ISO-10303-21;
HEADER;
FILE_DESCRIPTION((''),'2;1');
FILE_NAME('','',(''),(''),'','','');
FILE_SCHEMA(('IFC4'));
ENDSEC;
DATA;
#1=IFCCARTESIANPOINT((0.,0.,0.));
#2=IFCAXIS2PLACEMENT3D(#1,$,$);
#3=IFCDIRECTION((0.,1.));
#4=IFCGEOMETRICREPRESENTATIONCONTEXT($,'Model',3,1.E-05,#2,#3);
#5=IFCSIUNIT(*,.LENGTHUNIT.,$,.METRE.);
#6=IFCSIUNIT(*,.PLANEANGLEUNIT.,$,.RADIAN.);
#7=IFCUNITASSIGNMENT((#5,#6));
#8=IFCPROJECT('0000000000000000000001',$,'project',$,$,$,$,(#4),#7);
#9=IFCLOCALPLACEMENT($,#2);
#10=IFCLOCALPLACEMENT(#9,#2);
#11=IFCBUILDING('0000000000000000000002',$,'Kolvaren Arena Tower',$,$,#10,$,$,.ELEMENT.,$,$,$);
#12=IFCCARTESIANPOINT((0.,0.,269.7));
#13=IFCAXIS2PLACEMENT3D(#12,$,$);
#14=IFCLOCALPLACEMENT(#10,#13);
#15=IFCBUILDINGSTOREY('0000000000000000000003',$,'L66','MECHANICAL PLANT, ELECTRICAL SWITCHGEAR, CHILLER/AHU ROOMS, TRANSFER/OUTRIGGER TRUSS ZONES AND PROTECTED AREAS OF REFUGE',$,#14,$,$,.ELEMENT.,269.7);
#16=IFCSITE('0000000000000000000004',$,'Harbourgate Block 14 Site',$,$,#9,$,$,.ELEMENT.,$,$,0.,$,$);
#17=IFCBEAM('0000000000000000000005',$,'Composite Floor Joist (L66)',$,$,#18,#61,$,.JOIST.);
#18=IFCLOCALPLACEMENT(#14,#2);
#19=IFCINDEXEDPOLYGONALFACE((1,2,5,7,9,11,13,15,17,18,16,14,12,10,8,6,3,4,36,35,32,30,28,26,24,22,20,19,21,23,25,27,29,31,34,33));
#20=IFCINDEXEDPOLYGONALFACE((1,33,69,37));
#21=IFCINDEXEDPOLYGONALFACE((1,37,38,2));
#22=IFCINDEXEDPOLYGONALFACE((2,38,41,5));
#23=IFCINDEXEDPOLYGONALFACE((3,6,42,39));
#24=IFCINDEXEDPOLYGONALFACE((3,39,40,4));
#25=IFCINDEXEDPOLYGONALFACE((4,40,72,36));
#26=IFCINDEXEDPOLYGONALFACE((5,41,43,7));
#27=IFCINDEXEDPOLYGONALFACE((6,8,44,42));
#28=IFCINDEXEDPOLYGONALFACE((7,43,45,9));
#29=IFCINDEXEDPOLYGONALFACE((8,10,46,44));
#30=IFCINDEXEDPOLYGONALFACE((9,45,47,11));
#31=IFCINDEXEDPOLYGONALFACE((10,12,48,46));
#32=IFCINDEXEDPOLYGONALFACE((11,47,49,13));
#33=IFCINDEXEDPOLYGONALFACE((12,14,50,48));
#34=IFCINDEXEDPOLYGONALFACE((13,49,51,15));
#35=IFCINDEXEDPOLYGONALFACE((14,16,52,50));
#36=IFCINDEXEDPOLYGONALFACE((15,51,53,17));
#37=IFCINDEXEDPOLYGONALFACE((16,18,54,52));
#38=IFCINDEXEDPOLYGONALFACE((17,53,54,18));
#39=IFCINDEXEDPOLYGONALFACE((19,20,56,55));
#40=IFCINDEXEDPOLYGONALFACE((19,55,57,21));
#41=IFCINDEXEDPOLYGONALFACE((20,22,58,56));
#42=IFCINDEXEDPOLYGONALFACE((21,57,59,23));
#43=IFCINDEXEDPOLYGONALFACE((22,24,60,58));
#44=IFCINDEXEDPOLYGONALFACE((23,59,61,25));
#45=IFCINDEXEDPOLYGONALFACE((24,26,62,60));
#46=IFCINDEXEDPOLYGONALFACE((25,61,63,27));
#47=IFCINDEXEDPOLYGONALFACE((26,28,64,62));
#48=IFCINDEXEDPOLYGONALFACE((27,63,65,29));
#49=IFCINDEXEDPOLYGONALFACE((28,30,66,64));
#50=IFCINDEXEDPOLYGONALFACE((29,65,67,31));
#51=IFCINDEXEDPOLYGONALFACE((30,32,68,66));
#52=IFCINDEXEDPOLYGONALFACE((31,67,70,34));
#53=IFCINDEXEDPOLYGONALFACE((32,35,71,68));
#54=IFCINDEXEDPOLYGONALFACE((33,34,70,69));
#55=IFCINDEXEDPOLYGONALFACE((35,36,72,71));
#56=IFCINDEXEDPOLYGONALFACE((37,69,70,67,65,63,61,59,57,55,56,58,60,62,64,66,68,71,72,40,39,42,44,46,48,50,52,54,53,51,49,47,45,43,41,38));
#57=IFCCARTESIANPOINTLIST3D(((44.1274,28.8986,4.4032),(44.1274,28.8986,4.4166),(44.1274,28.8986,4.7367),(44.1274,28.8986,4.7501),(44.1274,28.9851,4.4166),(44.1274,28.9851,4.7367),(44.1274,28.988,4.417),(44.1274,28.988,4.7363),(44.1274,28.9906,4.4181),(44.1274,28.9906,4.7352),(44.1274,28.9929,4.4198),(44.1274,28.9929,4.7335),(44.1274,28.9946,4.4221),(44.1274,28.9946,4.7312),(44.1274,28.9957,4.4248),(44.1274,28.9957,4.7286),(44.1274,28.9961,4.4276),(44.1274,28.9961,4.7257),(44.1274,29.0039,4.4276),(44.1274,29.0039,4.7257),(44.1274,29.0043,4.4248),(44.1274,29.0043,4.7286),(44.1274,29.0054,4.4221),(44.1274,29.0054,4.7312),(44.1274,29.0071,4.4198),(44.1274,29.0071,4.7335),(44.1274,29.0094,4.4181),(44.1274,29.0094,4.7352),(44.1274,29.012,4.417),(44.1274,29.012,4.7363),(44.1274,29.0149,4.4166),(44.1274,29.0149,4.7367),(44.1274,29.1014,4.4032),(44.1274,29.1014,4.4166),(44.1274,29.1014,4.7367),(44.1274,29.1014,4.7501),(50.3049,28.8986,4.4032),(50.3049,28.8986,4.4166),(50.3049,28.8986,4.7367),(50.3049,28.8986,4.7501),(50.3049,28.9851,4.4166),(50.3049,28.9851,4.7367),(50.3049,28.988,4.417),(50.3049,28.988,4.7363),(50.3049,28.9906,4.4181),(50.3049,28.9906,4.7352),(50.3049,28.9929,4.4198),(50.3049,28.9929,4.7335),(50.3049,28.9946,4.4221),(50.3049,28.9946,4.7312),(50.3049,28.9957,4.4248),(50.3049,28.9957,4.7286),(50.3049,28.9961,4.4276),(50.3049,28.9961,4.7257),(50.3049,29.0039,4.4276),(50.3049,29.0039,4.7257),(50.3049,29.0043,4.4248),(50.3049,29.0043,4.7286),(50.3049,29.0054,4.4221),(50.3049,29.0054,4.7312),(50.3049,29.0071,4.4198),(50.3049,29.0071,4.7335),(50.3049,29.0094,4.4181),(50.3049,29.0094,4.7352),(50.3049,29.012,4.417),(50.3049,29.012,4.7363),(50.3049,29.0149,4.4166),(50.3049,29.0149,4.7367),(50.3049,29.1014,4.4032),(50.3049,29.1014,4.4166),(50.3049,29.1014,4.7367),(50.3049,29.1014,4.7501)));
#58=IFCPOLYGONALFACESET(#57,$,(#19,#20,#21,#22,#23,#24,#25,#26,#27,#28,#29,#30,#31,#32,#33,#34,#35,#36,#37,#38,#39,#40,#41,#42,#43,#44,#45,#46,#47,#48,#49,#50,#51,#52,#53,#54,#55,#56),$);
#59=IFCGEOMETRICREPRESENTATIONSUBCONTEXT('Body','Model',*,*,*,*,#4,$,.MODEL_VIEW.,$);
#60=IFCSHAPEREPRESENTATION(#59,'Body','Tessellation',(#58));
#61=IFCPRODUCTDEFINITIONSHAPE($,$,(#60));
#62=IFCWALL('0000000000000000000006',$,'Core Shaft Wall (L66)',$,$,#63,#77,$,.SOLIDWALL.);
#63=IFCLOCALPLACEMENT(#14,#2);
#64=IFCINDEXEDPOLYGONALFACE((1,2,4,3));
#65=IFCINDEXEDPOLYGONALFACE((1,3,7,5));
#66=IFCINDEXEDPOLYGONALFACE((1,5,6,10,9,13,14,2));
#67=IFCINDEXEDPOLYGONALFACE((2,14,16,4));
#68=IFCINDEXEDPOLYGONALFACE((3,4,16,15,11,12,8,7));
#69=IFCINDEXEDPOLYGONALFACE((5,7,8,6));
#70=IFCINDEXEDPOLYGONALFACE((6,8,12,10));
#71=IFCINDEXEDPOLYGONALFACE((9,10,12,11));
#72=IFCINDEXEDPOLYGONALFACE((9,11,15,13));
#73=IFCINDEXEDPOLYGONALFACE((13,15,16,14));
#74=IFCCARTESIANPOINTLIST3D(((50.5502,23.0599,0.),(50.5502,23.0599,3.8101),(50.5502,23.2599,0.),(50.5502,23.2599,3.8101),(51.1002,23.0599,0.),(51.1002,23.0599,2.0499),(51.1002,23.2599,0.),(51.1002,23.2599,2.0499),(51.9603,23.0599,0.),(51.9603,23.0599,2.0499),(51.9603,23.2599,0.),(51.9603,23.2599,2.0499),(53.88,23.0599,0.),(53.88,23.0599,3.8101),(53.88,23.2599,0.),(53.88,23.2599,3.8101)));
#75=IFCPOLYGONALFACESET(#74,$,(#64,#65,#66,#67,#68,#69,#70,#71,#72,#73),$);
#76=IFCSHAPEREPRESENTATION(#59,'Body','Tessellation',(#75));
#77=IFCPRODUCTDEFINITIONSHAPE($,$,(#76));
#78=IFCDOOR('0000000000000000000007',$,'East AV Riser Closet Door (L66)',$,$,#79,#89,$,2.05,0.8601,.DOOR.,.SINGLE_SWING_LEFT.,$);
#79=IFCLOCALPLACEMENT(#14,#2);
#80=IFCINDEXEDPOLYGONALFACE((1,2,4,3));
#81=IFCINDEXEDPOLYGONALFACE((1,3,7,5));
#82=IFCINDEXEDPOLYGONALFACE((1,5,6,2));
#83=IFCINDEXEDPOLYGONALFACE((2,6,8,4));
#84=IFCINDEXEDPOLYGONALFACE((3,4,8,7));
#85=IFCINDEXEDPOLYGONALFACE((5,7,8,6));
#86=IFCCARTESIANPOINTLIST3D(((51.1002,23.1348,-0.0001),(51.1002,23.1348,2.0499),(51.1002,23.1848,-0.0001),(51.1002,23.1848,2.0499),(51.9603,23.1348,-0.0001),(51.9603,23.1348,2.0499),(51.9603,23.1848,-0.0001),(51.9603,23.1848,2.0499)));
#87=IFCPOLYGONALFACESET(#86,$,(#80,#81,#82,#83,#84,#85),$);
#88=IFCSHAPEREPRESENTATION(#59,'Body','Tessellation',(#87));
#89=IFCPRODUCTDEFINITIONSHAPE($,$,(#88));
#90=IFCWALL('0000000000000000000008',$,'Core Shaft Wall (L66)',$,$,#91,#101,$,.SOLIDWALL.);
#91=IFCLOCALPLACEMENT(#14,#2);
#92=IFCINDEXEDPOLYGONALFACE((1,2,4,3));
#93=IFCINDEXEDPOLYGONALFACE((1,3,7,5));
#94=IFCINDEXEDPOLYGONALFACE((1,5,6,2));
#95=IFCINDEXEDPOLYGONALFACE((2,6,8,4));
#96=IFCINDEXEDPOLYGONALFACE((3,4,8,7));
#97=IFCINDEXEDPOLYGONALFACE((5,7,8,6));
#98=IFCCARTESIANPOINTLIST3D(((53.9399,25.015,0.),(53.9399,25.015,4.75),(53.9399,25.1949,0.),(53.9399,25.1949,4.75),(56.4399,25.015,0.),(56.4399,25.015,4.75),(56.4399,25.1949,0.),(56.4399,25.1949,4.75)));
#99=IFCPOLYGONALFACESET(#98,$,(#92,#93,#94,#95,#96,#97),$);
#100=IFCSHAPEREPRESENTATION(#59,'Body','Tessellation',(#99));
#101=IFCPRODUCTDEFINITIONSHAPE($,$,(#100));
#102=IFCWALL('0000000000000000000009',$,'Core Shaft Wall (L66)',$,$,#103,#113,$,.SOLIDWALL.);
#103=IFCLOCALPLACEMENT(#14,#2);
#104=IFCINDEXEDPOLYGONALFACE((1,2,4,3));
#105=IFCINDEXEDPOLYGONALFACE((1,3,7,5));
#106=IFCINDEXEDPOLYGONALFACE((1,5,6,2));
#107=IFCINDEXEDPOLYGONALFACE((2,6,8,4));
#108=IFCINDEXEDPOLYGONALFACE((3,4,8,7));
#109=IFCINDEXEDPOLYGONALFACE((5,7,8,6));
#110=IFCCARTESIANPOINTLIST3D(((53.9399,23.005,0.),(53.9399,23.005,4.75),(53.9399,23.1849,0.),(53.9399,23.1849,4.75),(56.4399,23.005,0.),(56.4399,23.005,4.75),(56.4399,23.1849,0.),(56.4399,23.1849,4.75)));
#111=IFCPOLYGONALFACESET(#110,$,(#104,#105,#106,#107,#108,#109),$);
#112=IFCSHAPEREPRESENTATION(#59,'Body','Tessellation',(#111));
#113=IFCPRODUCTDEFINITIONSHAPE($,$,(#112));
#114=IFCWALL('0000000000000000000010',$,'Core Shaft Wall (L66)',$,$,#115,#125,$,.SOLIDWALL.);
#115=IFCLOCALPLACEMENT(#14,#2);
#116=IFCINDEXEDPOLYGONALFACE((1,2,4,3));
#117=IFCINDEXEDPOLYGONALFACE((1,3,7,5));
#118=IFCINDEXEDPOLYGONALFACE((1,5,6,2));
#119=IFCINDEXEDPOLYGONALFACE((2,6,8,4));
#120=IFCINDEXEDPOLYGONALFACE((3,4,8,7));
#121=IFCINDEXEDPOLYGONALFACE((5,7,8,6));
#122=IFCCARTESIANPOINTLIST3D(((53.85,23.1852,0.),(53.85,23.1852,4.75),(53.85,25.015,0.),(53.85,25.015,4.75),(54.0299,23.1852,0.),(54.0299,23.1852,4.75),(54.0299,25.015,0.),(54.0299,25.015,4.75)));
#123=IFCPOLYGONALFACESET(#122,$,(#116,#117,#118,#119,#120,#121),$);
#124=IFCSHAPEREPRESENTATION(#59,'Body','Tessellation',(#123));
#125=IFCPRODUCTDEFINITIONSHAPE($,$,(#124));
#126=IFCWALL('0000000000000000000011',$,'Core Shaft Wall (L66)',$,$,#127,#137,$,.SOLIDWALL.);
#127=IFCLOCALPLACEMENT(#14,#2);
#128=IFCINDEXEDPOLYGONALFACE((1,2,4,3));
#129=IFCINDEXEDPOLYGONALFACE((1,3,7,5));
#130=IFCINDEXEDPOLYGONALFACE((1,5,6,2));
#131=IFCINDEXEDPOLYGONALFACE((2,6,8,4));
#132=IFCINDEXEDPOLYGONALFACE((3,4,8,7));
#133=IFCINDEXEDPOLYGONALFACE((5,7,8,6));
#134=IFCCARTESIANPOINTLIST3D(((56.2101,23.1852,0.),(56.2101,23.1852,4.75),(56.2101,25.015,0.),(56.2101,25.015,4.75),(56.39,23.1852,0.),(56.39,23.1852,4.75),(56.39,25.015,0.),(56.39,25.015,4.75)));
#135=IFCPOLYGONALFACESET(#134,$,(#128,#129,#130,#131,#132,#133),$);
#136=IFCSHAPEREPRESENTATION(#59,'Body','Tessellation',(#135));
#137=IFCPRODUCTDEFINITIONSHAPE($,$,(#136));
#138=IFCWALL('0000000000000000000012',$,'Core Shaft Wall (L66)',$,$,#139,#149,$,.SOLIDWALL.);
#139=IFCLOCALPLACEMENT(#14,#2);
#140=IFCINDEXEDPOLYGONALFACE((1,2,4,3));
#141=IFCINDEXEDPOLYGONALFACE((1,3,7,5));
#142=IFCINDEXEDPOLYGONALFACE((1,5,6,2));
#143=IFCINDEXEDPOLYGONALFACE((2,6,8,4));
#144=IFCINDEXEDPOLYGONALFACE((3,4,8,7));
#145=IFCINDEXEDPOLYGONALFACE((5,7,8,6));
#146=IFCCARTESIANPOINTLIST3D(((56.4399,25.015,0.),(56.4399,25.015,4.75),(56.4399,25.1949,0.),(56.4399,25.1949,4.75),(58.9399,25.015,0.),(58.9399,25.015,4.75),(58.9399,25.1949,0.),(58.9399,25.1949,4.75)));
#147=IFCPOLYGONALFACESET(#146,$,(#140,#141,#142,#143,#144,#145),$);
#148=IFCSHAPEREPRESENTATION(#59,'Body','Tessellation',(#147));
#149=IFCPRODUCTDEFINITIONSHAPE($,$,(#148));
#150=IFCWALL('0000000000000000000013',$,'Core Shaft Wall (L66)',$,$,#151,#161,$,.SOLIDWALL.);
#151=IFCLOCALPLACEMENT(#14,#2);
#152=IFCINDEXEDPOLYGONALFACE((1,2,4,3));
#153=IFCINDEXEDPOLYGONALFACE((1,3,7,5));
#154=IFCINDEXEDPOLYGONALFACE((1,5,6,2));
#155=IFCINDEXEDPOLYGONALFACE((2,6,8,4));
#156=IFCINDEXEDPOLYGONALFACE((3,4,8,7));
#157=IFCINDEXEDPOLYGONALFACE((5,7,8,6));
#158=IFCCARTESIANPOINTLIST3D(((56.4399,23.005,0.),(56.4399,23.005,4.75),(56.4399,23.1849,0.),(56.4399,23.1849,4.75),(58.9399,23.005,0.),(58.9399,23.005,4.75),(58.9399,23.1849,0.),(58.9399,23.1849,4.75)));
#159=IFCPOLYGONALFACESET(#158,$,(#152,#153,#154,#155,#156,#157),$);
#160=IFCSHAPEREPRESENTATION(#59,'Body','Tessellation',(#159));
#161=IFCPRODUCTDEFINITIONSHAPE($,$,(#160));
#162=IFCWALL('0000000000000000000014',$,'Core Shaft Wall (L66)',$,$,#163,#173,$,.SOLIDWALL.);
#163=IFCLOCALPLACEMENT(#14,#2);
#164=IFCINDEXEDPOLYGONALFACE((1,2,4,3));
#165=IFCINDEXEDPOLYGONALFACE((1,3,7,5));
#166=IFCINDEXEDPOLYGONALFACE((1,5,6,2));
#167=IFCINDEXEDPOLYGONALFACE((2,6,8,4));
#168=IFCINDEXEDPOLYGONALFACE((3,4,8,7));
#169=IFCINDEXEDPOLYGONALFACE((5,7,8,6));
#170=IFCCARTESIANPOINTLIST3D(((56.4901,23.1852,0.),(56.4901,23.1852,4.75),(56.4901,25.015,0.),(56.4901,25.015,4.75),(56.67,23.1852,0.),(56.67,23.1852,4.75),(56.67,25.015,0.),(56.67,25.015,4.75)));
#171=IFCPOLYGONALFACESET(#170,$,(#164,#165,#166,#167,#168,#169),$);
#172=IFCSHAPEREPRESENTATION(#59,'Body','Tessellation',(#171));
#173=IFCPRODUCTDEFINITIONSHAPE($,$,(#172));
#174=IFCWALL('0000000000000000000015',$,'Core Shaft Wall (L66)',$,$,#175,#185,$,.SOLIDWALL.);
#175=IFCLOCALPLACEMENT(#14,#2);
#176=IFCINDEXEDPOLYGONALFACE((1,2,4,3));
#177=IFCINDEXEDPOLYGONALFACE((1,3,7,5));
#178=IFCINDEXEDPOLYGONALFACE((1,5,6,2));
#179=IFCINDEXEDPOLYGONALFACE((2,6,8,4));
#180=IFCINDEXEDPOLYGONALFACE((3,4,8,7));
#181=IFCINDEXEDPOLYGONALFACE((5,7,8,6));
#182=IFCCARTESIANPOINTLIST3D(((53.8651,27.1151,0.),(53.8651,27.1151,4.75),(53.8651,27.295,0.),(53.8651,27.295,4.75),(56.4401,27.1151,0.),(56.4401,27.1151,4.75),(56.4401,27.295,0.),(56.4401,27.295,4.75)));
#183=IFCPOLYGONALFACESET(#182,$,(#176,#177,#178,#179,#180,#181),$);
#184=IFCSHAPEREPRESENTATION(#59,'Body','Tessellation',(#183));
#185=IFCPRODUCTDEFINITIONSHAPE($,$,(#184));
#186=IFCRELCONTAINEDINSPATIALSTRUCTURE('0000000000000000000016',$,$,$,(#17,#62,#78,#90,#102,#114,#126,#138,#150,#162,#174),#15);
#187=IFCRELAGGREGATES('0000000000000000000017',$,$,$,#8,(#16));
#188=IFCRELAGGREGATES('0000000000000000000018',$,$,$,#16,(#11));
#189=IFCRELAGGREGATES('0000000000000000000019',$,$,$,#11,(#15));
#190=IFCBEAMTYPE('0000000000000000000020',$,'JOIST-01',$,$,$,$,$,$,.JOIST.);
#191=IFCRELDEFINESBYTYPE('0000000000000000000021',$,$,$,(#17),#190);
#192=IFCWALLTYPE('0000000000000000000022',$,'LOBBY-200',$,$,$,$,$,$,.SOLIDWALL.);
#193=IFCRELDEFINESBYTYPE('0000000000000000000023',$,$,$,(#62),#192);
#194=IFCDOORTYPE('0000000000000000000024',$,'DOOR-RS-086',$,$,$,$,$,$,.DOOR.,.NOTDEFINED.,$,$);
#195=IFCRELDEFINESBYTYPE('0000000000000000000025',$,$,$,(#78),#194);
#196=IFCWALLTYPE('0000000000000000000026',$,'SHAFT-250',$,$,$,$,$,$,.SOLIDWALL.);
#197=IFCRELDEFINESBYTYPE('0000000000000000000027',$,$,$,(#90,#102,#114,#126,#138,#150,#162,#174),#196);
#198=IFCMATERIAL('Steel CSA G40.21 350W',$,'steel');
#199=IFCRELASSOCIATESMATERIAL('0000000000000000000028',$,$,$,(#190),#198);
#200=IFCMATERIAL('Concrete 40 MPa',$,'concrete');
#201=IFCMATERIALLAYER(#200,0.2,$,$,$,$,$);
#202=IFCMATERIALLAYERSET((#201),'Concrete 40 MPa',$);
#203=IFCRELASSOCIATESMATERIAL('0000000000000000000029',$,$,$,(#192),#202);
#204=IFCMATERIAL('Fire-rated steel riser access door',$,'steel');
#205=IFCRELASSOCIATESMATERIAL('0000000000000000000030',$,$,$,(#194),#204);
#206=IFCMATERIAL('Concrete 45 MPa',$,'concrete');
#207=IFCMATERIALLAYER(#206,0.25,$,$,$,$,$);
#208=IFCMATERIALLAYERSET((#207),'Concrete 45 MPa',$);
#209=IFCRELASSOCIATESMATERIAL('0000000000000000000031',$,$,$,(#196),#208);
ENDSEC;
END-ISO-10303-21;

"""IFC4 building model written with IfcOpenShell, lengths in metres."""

from ifc_helpers import new_model, si_unit, direction, frame, frame_2d, origin, origin_2d, place, context, subcontext, project, spatial, rectangle, i_section, extrude, material, layer, layer_set, material_profile, profile_set, type_object, element, fill, save


model = new_model("IFC4")

# Units and contexts
model_context = context("Model", 3, precision=1e-05, world=origin(), true_north=direction((0.0, 1.0)))
body_context = subcontext(model_context, "Body", "Model", "MODEL_VIEW")
ifc_project = project(units=[si_unit("LENGTHUNIT", "METRE"), si_unit("PLANEANGLEUNIT", "RADIAN")], contexts=[model_context])

# Site, building, storey
site_placement = place(None, origin())
site = spatial("IfcSite", under=ifc_project, at=site_placement, Name="Harbourgate Block 14 Site", CompositionType="ELEMENT", RefElevation=0.0)
building_placement = place(site_placement, origin())
building = spatial("IfcBuilding", under=site, at=building_placement, Name="Kolvaren Arena Tower", CompositionType="ELEMENT")
storey_placement = place(building_placement, frame((0.0, 0.0, 269.7)))
storey = spatial("IfcBuildingStorey", under=building, at=storey_placement, Name="L66", Description="MECHANICAL PLANT, ELECTRICAL SWITCHGEAR, CHILLER/AHU ROOMS, TRANSFER/OUTRIGGER TRUSS ZONES AND PROTECTED AREAS OF REFUGE", CompositionType="ELEMENT", Elevation=269.7)

# Beam
ifc_material_1 = material(Name="Steel CSA G40.21 350W", Category="steel")
ifc_material_profile_1 = material_profile(ifc_material_1, i_section(OverallWidth=0.2029, OverallDepth=0.3469, WebThickness=0.0078, FlangeThickness=0.0134, FilletRadius=0.011, at=origin_2d()), Name="W360x64")
ifc_profile_set_1 = profile_set([ifc_material_profile_1], Name="Steel CSA G40.21 350W")
beam_type_1 = type_object("IfcBeamType", Name="JOIST-01", PredefinedType="JOIST", material=ifc_profile_set_1)
for number, where, z_axis, x_axis, name in (
    (1, (44.1274, 29.0, 4.5767), (1.0, 0.0, 0.0), (0.0, 1.0, 0.0), "Composite Floor Joist (L66)"),
):
    element("IfcBeam", number, at=place(storey_placement, frame(where, z_axis=z_axis, x_axis=x_axis)), inside=storey, type_object=beam_type_1, Name=name, PredefinedType="JOIST", context=body_context, shape_type="SweptSolid", body=[
        extrude(i_section(OverallWidth=0.2029, OverallDepth=0.3469, WebThickness=0.0078, FlangeThickness=0.0134, FilletRadius=0.011, at=origin_2d()), origin(), (0.0, 0.0, 1.0), 6.1775),
    ])

# Shared definitions
ifc_material_2 = material(Name="Concrete 40 MPa", Category="concrete")
ifc_layer_1 = layer(ifc_material_2, 0.2)
ifc_layer_set_1 = layer_set([ifc_layer_1], Name="Concrete 40 MPa")
wall_type_1 = type_object("IfcWallType", Name="LOBBY-200", PredefinedType="SOLIDWALL", material=ifc_layer_set_1)

# Wall, opening, door
wall_1_placement = place(storey_placement, frame((50.55, 23.1599, 0.0), z_axis=(0.0, 0.0, 1.0), x_axis=(1.0, 0.0, 0.0)))
wall_1 = element("IfcWall", 2, at=wall_1_placement, inside=storey, type_object=wall_type_1, Name="Core Shaft Wall (L66)", PredefinedType="SOLIDWALL", context=body_context, shape_type="SweptSolid", body=[
    extrude(rectangle(XDim=3.3298, YDim=0.2, at=frame_2d((1.665, 0.0))), origin(), (0.0, 0.0, 1.0), 3.8101),
])
opening_1_placement = place(wall_1_placement, frame((0.55, 0.0, 0.0)))
opening_1 = element("IfcOpeningElement", 3, at=opening_1_placement, cuts=wall_1, PredefinedType="OPENING", context=body_context, shape_type="SweptSolid", body=[
    extrude(rectangle(XDim=0.8601, YDim=2.05, at=frame_2d((0.4302, 1.0249))), frame((0.0, 0.1099, 0.0), z_axis=(0.0, -1.0, 0.0), x_axis=(1.0, 0.0, 0.0)), (0.0, 0.0, 1.0), 0.22),
])
ifc_material_3 = material(Name="Fire-rated steel riser access door", Category="steel")
door_type_1 = type_object("IfcDoorType", Name="DOOR-RS-086", OperationType="NOTDEFINED", PredefinedType="DOOR", material=ifc_material_3)
door_1_placement = place(opening_1_placement, origin())
door_1 = element("IfcDoor", 4, at=door_1_placement, inside=storey, type_object=door_type_1, Name="East AV Riser Closet Door (L66)", OperationType="SINGLE_SWING_LEFT", OverallHeight=2.05, OverallWidth=0.8601, PredefinedType="DOOR", context=body_context, shape_type="SweptSolid", body=[
    extrude(rectangle(XDim=0.8601, YDim=2.05, at=frame_2d((0.4302, 1.0249))), frame((0.0, 0.0249, 0.0), z_axis=(0.0, -1.0, 0.0), x_axis=(1.0, 0.0, 0.0)), (0.0, 0.0, 1.0), 0.05),
])
fill(opening_1, door_1)

# Walls
ifc_material_4 = material(Name="Concrete 45 MPa", Category="concrete")
ifc_layer_2 = layer(ifc_material_4, 0.25)
ifc_layer_set_2 = layer_set([ifc_layer_2], Name="Concrete 45 MPa")
wall_type_2 = type_object("IfcWallType", Name="SHAFT-250", PredefinedType="SOLIDWALL", material=ifc_layer_set_2)
for number, where, z_axis, x_axis, name in (
    (5, (53.9399, 25.105, 0.0), (0.0, 0.0, 1.0), (1.0, 0.0, 0.0), "Core Shaft Wall (L66)"),
    (6, (53.9399, 23.095, 0.0), (0.0, 0.0, 1.0), (1.0, 0.0, 0.0), "Core Shaft Wall (L66)"),
):
    element("IfcWall", number, at=place(storey_placement, frame(where, z_axis=z_axis, x_axis=x_axis)), inside=storey, type_object=wall_type_2, Name=name, PredefinedType="SOLIDWALL", context=body_context, shape_type="SweptSolid", body=[
        extrude(rectangle(XDim=2.5, YDim=0.1799, at=frame_2d((1.25, 0.0))), origin(), (0.0, 0.0, 1.0), 4.75),
    ])
for number, where, z_axis, x_axis, name in (
    (7, (53.9399, 23.1851, 0.0), (0.0, 0.0, 1.0), (0.0, 1.0, 0.0), "Core Shaft Wall (L66)"),
    (8, (56.3, 23.1851, 0.0), (0.0, 0.0, 1.0), (0.0, 1.0, 0.0), "Core Shaft Wall (L66)"),
):
    element("IfcWall", number, at=place(storey_placement, frame(where, z_axis=z_axis, x_axis=x_axis)), inside=storey, type_object=wall_type_2, Name=name, PredefinedType="SOLIDWALL", context=body_context, shape_type="SweptSolid", body=[
        extrude(rectangle(XDim=1.8298, YDim=0.1799, at=frame_2d((0.915, 0.0))), origin(), (0.0, 0.0, 1.0), 4.75),
    ])
for number, where, z_axis, x_axis, name in (
    (9, (56.4399, 25.105, 0.0), (0.0, 0.0, 1.0), (1.0, 0.0, 0.0), "Core Shaft Wall (L66)"),
    (10, (56.4399, 23.095, 0.0), (0.0, 0.0, 1.0), (1.0, 0.0, 0.0), "Core Shaft Wall (L66)"),
):
    element("IfcWall", number, at=place(storey_placement, frame(where, z_axis=z_axis, x_axis=x_axis)), inside=storey, type_object=wall_type_2, Name=name, PredefinedType="SOLIDWALL", context=body_context, shape_type="SweptSolid", body=[
        extrude(rectangle(XDim=2.5, YDim=0.1799, at=frame_2d((1.25, 0.0))), origin(), (0.0, 0.0, 1.0), 4.75),
    ])
wall_2_placement = place(storey_placement, frame((56.5801, 23.1851, 0.0), z_axis=(0.0, 0.0, 1.0), x_axis=(0.0, 1.0, 0.0)))
element("IfcWall", 11, at=wall_2_placement, inside=storey, type_object=wall_type_2, Name="Core Shaft Wall (L66)", PredefinedType="SOLIDWALL", context=body_context, shape_type="SweptSolid", body=[
    extrude(rectangle(XDim=1.8298, YDim=0.1799, at=frame_2d((0.915, 0.0))), origin(), (0.0, 0.0, 1.0), 4.75),
])
wall_3_placement = place(storey_placement, frame((53.865, 27.2051, 0.0), z_axis=(0.0, 0.0, 1.0), x_axis=(1.0, 0.0, 0.0)))
element("IfcWall", 12, at=wall_3_placement, inside=storey, type_object=wall_type_2, Name="Core Shaft Wall (L66)", PredefinedType="SOLIDWALL", context=body_context, shape_type="SweptSolid", body=[
    extrude(rectangle(XDim=2.575, YDim=0.1799, at=frame_2d((1.2876, 0.0))), origin(), (0.0, 0.0, 1.0), 4.75),
])

save(model, "model.ifc")
